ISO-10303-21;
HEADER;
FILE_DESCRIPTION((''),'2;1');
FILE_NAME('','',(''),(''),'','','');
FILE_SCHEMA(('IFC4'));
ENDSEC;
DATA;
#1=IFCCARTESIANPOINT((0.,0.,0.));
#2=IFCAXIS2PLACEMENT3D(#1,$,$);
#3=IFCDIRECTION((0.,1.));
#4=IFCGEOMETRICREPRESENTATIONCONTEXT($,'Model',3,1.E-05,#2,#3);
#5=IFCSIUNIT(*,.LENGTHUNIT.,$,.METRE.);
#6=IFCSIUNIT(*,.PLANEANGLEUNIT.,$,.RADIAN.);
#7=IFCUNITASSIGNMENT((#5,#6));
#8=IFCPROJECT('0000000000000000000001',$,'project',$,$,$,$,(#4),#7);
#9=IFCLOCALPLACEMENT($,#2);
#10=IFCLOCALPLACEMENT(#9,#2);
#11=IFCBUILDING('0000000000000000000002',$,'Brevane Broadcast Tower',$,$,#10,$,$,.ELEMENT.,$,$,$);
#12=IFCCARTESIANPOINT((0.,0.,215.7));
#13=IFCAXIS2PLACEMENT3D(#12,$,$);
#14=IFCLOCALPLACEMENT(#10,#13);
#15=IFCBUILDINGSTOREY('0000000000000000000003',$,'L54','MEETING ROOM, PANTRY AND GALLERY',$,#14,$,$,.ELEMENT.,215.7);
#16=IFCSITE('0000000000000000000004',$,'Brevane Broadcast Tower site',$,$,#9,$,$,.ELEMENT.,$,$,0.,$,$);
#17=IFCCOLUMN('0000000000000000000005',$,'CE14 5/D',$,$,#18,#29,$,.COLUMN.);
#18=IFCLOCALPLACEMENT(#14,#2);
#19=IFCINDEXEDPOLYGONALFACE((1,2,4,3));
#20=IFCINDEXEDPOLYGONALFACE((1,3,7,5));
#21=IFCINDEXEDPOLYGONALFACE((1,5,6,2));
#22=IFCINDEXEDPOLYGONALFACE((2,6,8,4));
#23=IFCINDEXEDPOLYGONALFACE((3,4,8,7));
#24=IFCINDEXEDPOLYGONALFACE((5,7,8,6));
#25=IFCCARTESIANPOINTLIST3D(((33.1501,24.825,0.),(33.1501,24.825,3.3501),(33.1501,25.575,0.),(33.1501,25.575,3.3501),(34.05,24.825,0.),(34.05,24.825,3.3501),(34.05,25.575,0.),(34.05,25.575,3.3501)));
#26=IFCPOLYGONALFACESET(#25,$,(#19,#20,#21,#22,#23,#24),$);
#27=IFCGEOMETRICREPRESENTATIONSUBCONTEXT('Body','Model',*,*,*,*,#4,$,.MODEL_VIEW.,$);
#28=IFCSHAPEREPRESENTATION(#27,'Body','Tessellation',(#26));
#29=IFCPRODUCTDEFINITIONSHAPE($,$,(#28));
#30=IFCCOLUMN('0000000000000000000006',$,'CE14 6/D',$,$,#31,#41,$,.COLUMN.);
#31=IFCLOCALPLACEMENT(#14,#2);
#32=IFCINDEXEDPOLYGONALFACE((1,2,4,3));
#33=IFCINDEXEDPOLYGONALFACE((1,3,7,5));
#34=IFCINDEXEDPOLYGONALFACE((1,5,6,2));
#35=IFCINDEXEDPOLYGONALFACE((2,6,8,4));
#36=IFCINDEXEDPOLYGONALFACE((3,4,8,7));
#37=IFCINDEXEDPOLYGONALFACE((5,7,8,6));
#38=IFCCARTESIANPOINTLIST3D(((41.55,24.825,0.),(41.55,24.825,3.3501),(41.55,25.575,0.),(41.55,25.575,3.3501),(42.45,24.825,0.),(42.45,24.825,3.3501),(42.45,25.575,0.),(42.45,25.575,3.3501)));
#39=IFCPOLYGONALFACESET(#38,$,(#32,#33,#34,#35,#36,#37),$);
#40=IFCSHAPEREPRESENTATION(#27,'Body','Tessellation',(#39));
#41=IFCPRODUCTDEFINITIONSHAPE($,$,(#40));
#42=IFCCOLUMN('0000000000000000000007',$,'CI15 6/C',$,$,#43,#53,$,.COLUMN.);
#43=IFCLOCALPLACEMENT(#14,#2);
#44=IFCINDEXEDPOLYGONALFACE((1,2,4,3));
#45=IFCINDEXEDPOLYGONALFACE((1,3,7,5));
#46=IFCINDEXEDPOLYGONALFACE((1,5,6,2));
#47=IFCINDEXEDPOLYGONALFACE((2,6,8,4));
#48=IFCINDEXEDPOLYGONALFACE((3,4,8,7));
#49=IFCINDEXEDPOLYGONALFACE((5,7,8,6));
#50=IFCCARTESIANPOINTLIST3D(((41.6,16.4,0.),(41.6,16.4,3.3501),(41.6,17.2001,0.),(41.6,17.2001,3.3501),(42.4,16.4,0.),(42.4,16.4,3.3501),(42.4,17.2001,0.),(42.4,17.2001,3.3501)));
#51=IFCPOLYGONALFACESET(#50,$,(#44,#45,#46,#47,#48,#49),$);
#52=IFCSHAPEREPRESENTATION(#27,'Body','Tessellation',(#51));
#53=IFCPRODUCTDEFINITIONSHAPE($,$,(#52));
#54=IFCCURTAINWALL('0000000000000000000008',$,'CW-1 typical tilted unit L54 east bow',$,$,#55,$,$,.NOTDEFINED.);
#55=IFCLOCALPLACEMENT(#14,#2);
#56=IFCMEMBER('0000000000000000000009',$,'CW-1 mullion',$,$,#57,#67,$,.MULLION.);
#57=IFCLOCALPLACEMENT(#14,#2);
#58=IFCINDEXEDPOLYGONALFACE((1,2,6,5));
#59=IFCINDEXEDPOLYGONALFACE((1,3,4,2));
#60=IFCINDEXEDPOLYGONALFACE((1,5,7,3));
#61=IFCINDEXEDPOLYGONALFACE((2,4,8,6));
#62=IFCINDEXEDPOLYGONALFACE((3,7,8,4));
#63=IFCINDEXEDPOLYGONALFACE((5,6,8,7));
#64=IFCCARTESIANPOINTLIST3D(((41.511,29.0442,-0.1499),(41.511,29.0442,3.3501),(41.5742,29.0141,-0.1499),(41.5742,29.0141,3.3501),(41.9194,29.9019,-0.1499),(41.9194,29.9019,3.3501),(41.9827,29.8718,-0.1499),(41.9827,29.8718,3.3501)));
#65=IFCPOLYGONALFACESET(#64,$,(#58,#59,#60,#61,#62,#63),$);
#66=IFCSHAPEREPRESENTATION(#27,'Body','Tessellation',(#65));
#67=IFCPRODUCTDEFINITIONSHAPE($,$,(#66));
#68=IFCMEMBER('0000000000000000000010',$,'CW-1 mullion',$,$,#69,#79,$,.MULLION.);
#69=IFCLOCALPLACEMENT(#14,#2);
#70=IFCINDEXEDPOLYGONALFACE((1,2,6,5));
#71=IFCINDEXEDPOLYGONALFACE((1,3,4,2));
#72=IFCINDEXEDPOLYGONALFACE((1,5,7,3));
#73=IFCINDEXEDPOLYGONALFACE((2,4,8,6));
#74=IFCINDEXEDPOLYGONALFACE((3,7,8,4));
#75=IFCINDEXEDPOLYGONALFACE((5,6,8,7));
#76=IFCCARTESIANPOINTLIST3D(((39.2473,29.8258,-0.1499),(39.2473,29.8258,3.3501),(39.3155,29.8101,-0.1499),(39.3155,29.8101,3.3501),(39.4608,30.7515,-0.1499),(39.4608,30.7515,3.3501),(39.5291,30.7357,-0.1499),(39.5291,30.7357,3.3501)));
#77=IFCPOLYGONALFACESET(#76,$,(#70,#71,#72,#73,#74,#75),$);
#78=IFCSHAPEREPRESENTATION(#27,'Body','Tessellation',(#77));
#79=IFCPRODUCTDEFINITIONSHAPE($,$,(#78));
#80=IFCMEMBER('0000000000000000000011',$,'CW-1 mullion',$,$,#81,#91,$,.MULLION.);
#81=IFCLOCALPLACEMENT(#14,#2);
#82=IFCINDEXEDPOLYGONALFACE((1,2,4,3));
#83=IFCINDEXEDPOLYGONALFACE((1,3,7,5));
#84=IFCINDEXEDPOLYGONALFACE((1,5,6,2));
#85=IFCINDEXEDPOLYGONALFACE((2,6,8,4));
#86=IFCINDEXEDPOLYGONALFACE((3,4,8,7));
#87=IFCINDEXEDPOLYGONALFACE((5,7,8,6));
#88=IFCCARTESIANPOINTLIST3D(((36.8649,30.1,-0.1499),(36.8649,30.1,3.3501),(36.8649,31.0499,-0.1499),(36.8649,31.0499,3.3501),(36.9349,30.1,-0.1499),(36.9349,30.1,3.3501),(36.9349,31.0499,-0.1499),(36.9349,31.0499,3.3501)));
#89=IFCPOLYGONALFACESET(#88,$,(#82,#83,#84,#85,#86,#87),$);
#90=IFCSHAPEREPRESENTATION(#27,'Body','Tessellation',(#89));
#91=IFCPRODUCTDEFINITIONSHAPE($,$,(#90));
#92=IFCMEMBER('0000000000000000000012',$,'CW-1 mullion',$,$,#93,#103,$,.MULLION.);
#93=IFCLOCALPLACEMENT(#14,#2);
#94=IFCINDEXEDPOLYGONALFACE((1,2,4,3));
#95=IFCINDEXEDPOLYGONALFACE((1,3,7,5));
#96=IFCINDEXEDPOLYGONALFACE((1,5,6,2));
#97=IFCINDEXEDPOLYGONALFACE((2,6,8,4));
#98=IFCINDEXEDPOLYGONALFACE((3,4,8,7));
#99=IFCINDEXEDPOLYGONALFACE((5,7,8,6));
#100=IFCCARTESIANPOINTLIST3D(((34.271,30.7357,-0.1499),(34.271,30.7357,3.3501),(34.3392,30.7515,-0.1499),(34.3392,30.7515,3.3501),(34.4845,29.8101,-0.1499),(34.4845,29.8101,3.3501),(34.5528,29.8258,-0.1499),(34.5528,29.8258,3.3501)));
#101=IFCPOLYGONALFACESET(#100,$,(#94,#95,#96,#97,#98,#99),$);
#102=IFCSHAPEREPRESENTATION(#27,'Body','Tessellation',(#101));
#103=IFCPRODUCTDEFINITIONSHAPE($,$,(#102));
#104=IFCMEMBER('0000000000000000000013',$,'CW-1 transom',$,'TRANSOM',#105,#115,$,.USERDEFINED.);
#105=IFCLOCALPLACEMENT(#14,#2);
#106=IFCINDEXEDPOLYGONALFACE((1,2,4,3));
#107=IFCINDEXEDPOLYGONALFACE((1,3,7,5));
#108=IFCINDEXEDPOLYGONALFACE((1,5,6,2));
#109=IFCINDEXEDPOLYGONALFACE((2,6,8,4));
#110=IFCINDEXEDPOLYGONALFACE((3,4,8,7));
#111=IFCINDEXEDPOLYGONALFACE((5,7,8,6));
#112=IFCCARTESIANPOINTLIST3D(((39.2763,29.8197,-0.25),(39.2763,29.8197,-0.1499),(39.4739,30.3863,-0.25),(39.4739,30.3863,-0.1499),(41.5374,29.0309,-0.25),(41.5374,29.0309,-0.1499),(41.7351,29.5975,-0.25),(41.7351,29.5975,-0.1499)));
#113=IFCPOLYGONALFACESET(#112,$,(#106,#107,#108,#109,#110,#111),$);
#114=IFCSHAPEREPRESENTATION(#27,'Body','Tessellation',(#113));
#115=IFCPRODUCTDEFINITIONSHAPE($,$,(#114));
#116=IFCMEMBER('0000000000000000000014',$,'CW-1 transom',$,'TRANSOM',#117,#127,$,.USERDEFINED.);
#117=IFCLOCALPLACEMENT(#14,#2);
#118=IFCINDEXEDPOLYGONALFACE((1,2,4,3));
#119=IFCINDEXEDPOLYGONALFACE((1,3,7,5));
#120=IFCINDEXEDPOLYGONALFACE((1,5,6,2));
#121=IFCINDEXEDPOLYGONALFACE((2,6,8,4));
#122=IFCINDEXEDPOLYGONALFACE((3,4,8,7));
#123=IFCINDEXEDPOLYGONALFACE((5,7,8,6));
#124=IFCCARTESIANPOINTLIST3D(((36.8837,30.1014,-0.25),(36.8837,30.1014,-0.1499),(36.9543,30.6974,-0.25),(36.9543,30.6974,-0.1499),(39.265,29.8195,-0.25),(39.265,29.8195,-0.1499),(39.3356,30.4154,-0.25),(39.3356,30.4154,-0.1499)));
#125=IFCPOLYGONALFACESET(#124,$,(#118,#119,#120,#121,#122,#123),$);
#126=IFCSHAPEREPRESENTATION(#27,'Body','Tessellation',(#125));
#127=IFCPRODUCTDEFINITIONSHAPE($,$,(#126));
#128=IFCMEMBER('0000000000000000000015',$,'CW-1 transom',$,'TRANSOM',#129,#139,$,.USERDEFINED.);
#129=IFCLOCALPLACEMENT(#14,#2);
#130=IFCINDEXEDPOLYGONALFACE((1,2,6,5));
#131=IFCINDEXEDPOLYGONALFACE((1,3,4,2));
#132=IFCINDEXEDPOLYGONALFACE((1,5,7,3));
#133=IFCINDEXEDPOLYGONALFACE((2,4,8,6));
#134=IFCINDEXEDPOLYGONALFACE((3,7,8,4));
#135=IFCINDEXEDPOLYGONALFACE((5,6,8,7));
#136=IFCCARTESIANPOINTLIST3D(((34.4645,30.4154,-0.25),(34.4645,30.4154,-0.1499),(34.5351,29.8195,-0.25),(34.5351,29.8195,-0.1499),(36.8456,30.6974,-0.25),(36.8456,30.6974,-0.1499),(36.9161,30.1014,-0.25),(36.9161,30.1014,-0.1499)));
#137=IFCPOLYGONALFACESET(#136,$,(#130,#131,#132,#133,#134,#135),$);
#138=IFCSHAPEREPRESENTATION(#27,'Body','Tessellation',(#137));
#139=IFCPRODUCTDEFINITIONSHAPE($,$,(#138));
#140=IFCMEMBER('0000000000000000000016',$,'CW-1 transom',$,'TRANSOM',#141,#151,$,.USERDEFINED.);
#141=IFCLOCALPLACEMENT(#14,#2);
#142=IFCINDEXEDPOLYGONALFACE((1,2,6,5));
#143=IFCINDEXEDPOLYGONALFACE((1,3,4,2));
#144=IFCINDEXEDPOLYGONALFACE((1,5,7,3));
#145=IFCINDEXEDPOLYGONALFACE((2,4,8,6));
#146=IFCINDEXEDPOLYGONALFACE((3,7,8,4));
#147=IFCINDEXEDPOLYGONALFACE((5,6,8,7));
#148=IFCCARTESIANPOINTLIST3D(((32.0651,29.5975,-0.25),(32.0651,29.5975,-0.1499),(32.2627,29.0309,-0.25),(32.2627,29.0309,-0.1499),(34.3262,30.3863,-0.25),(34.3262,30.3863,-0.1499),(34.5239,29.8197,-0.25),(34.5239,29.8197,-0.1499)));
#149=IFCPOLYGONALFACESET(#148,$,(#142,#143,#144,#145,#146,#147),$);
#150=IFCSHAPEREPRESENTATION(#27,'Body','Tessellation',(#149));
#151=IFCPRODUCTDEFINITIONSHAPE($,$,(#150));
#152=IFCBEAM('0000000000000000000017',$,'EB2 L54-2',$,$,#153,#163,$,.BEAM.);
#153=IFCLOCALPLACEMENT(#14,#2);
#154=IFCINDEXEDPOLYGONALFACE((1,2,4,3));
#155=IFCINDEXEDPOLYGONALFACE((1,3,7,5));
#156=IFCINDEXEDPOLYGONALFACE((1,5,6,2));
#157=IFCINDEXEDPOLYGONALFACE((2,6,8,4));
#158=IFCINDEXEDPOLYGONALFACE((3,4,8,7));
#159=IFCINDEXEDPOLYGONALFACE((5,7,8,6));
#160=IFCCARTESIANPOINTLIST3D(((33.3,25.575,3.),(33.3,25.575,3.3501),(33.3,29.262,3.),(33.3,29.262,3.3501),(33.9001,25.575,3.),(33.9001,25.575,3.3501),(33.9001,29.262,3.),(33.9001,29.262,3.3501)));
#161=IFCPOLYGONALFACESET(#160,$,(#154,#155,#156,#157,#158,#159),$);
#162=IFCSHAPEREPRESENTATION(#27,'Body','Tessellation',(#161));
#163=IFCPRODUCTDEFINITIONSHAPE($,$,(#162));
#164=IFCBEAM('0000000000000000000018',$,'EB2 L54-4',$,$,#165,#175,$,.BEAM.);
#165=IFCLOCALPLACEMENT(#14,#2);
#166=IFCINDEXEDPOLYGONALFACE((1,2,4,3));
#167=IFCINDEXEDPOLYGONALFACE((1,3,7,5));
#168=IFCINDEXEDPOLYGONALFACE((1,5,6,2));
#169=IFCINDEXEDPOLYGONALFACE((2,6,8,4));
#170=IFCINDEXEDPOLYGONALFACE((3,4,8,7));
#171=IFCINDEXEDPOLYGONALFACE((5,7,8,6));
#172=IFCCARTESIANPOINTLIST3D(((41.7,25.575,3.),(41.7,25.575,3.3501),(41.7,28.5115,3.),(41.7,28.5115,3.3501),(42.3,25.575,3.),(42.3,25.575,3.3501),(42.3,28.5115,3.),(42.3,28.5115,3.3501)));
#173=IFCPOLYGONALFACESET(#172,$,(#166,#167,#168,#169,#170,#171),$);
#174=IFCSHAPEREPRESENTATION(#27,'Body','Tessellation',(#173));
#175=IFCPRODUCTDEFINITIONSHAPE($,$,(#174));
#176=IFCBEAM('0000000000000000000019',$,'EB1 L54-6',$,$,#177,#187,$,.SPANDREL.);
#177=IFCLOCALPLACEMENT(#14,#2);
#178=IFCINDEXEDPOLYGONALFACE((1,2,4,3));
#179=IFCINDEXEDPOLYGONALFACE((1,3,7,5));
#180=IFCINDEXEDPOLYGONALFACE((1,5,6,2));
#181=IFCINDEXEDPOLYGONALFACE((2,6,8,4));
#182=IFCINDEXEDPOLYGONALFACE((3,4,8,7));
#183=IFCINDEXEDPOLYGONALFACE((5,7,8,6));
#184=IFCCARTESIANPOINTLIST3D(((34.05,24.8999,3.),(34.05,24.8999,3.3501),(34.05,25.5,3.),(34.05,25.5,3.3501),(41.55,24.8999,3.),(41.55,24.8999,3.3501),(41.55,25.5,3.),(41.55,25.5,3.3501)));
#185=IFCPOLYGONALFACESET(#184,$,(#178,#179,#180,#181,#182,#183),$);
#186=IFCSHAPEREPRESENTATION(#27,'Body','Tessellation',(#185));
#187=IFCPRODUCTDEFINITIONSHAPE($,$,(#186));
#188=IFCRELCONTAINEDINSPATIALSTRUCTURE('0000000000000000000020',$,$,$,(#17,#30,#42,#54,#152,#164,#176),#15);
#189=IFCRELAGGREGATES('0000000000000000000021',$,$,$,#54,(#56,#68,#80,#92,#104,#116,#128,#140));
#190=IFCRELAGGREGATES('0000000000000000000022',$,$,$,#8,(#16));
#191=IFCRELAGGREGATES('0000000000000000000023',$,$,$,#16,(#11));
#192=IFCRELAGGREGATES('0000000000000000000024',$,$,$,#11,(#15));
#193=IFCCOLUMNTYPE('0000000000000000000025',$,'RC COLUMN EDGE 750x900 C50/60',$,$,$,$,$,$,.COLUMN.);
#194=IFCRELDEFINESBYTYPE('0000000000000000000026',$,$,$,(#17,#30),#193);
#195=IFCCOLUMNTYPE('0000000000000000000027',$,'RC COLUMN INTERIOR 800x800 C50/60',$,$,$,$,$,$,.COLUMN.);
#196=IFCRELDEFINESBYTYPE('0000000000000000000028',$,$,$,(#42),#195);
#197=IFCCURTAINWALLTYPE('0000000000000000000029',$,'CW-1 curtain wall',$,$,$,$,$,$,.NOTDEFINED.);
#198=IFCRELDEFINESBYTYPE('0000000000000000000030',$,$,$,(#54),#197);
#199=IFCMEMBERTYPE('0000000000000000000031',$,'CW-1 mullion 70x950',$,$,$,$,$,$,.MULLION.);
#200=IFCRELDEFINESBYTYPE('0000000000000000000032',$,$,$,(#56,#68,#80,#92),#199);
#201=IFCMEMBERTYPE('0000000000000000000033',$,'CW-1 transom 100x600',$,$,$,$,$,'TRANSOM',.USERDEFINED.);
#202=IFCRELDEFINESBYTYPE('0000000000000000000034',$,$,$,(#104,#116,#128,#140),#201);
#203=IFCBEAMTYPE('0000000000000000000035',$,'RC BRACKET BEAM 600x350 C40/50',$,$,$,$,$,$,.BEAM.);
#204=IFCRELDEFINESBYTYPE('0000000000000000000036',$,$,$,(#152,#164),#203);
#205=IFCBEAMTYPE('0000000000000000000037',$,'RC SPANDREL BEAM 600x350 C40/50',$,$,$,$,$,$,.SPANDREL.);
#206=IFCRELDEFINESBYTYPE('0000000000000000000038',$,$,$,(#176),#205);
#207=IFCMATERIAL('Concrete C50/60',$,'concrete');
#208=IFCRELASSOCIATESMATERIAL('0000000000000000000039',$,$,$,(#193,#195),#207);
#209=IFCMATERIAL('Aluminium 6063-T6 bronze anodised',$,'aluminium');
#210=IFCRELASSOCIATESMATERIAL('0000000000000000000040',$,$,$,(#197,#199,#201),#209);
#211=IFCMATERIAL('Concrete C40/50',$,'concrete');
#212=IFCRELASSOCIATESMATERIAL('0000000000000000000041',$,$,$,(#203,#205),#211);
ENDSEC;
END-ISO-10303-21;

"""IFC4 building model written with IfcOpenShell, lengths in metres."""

from ifc_helpers import new_model, si_unit, direction, frame, origin, origin_2d, place, context, subcontext, project, spatial, rectangle, extrude, material, material_profile, profile_set, type_object, element, aggregate, save


model = new_model("IFC4")

# Units and contexts
model_context = context("Model", 3, precision=1e-05, world=origin(), true_north=direction((0.0, 1.0)))
body_context = subcontext(model_context, "Body", "Model", "MODEL_VIEW")
ifc_project = project(units=[si_unit("LENGTHUNIT", "METRE"), si_unit("PLANEANGLEUNIT", "RADIAN")], contexts=[model_context])

# Site, building, storey
site_placement = place(None, origin())
site = spatial("IfcSite", under=ifc_project, at=site_placement, Name="Brevane Broadcast Tower site", CompositionType="ELEMENT", RefElevation=0.0)
building_placement = place(site_placement, origin())
building = spatial("IfcBuilding", under=site, at=building_placement, Name="Brevane Broadcast Tower", CompositionType="ELEMENT")
storey_placement = place(building_placement, frame((0.0, 0.0, 215.7)))
storey = spatial("IfcBuildingStorey", under=building, at=storey_placement, Name="L54", Description="MEETING ROOM, PANTRY AND GALLERY", CompositionType="ELEMENT", Elevation=215.7)

# Columns
ifc_material_1 = material(Name="Concrete C50/60", Category="concrete")
ifc_material_profile_1 = material_profile(ifc_material_1, rectangle(XDim=0.75, YDim=0.8999, at=origin_2d()), Name="RC 750x900")
ifc_profile_set_1 = profile_set([ifc_material_profile_1], Name="Concrete C50/60")
column_type_1 = type_object("IfcColumnType", Name="RC COLUMN EDGE 750x900 C50/60", PredefinedType="COLUMN", material=ifc_profile_set_1)
for number, where, z_axis, x_axis, name in (
    (1, (33.6001, 25.2, 0.0), (0.0, 0.0, 1.0), (0.0, 1.0, 0.0), "CE14 5/D"),
    (2, (42.0, 25.2, 0.0), (0.0, 0.0, 1.0), (0.0, 1.0, 0.0), "CE14 6/D"),
):
    element("IfcColumn", number, at=place(storey_placement, frame(where, z_axis=z_axis, x_axis=x_axis)), inside=storey, type_object=column_type_1, Name=name, PredefinedType="COLUMN", context=body_context, shape_type="SweptSolid", body=[
        extrude(rectangle(XDim=0.75, YDim=0.8999, at=origin_2d()), origin(), (0.0, 0.0, 1.0), 3.3501),
    ])
ifc_material_profile_2 = material_profile(ifc_material_1, rectangle(XDim=0.8, YDim=0.8, at=origin_2d()), Name="RC 800x800")
ifc_profile_set_2 = profile_set([ifc_material_profile_2], Name="Concrete C50/60")
column_type_2 = type_object("IfcColumnType", Name="RC COLUMN INTERIOR 800x800 C50/60", PredefinedType="COLUMN", material=ifc_profile_set_2)
column_placement = place(storey_placement, frame((42.0, 16.8, 0.0), z_axis=(0.0, 0.0, 1.0), x_axis=(1.0, 0.0, 0.0)))
element("IfcColumn", 3, at=column_placement, inside=storey, type_object=column_type_2, Name="CI15 6/C", PredefinedType="COLUMN", context=body_context, shape_type="SweptSolid", body=[
    extrude(rectangle(XDim=0.8, YDim=0.8, at=origin_2d()), origin(), (0.0, 0.0, 1.0), 3.3501),
])

# Curtain wall, members
ifc_material_2 = material(Name="Aluminium 6063-T6 bronze anodised", Category="aluminium")
curtain_wall_type = type_object("IfcCurtainWallType", Name="CW-1 curtain wall", PredefinedType="NOTDEFINED", material=ifc_material_2)
curtain_wall_placement = place(storey_placement, origin())
curtain_wall = element("IfcCurtainWall", 4, at=curtain_wall_placement, inside=storey, type_object=curtain_wall_type, Name="CW-1 typical tilted unit L54 east bow", PredefinedType="NOTDEFINED")
ifc_material_profile_3 = material_profile(ifc_material_2, rectangle(XDim=0.95, YDim=0.0701, at=origin_2d()), Name="RECT 70x950")
ifc_profile_set_3 = profile_set([ifc_material_profile_3], Name="Aluminium 6063-T6 bronze anodised")
member_type_1 = type_object("IfcMemberType", Name="CW-1 mullion 70x950", PredefinedType="MULLION", material=ifc_profile_set_3)
member_1_placement = place(storey_placement, frame((41.7468, 29.458, -0.1499), z_axis=(0.0, 0.0, 1.0), x_axis=(-0.429934, -0.902861, 0.0)))
member_1 = element("IfcMember", 5, at=member_1_placement, type_object=member_type_1, Name="CW-1 mullion", PredefinedType="MULLION", context=body_context, shape_type="SweptSolid", body=[
    extrude(rectangle(XDim=0.95, YDim=0.0701, at=origin_2d()), origin(), (0.0, 0.0, 1.0), 3.5),
])
member_2_placement = place(storey_placement, frame((39.3882, 30.2808, -0.1499), z_axis=(0.0, 0.0, 1.0), x_axis=(-0.224807, -0.974403, 0.0)))
member_2 = element("IfcMember", 6, at=member_2_placement, type_object=member_type_1, Name="CW-1 mullion", PredefinedType="MULLION", context=body_context, shape_type="SweptSolid", body=[
    extrude(rectangle(XDim=0.95, YDim=0.0701, at=origin_2d()), origin(), (0.0, 0.0, 1.0), 3.5),
])
member_3_placement = place(storey_placement, frame((36.8999, 30.575, -0.1499), z_axis=(0.0, 0.0, 1.0), x_axis=(0.0, -1.0, 0.0)))
member_3 = element("IfcMember", 7, at=member_3_placement, type_object=member_type_1, Name="CW-1 mullion", PredefinedType="MULLION", context=body_context, shape_type="SweptSolid", body=[
    extrude(rectangle(XDim=0.95, YDim=0.0701, at=origin_2d()), origin(), (0.0, 0.0, 1.0), 3.5),
])
member_4_placement = place(storey_placement, frame((34.4119, 30.2808, -0.1499), z_axis=(0.0, 0.0, 1.0), x_axis=(0.224807, -0.974403, 0.0)))
member_4 = element("IfcMember", 8, at=member_4_placement, type_object=member_type_1, Name="CW-1 mullion", PredefinedType="MULLION", context=body_context, shape_type="SweptSolid", body=[
    extrude(rectangle(XDim=0.95, YDim=0.0701, at=origin_2d()), origin(), (0.0, 0.0, 1.0), 3.5),
])
ifc_material_profile_4 = material_profile(ifc_material_2, rectangle(XDim=0.6001, YDim=0.1001, at=origin_2d()), Name="RECT 100x600")
ifc_profile_set_4 = profile_set([ifc_material_profile_4], Name="Aluminium 6063-T6 bronze anodised")
member_type_2 = type_object("IfcMemberType", Name="CW-1 transom 100x600", ElementType="TRANSOM", PredefinedType="USERDEFINED", material=ifc_profile_set_4)
member_5_placement = place(storey_placement, frame((41.6362, 29.3142, -0.2), z_axis=(-0.944198, 0.329378, 0.0), x_axis=(-0.329378, -0.944198, 0.0)))
member_5 = element("IfcMember", 9, at=member_5_placement, type_object=member_type_2, Name="CW-1 transom", ObjectType="TRANSOM", PredefinedType="USERDEFINED", context=body_context, shape_type="SweptSolid", body=[
    extrude(rectangle(XDim=0.6001, YDim=0.1001, at=origin_2d()), origin(), (0.0, 0.0, 1.0), 2.3948),
])
member_6_placement = place(storey_placement, frame((39.3003, 30.1174, -0.2), z_axis=(-0.993062, 0.117591, 0.0), x_axis=(-0.117591, -0.993062, 0.0)))
member_6 = element("IfcMember", 10, at=member_6_placement, type_object=member_type_2, Name="CW-1 transom", ObjectType="TRANSOM", PredefinedType="USERDEFINED", context=body_context, shape_type="SweptSolid", body=[
    extrude(rectangle(XDim=0.6001, YDim=0.1001, at=origin_2d()), origin(), (0.0, 0.0, 1.0), 2.3979),
])
member_7_placement = place(storey_placement, frame((36.8809, 30.3994, -0.2), z_axis=(-0.993061, -0.117603, 0.0), x_axis=(0.117603, -0.993061, 0.0)))
member_7 = element("IfcMember", 11, at=member_7_placement, type_object=member_type_2, Name="CW-1 transom", ObjectType="TRANSOM", PredefinedType="USERDEFINED", context=body_context, shape_type="SweptSolid", body=[
    extrude(rectangle(XDim=0.6001, YDim=0.1001, at=origin_2d()), origin(), (0.0, 0.0, 1.0), 2.3977),
])
member_8_placement = place(storey_placement, frame((34.425, 30.103, -0.2), z_axis=(-0.944198, -0.329378, 0.0), x_axis=(0.329378, -0.944198, 0.0)))
member_8 = element("IfcMember", 12, at=member_8_placement, type_object=member_type_2, Name="CW-1 transom", ObjectType="TRANSOM", PredefinedType="USERDEFINED", context=body_context, shape_type="SweptSolid", body=[
    extrude(rectangle(XDim=0.6001, YDim=0.1001, at=origin_2d()), origin(), (0.0, 0.0, 1.0), 2.3948),
])
aggregate(curtain_wall, [member_1, member_2, member_3, member_4, member_5, member_6, member_7, member_8])

# Beams
ifc_material_3 = material(Name="Concrete C40/50", Category="concrete")
ifc_material_profile_5 = material_profile(ifc_material_3, rectangle(XDim=0.6001, YDim=0.3501, at=origin_2d()), Name="RC 600x350")
ifc_profile_set_5 = profile_set([ifc_material_profile_5], Name="Concrete C40/50")
beam_type_1 = type_object("IfcBeamType", Name="RC BRACKET BEAM 600x350 C40/50", PredefinedType="BEAM", material=ifc_profile_set_5)
beam_1_placement = place(storey_placement, frame((33.6001, 25.575, 3.175), z_axis=(0.0, 1.0, 0.0), x_axis=(-1.0, 0.0, 0.0)))
element("IfcBeam", 13, at=beam_1_placement, inside=storey, type_object=beam_type_1, Name="EB2 L54-2", PredefinedType="BEAM", context=body_context, shape_type="SweptSolid", body=[
    extrude(rectangle(XDim=0.6001, YDim=0.3501, at=origin_2d()), origin(), (0.0, 0.0, 1.0), 3.687),
])
beam_2_placement = place(storey_placement, frame((42.0, 25.575, 3.175), z_axis=(0.0, 1.0, 0.0), x_axis=(-1.0, 0.0, 0.0)))
element("IfcBeam", 14, at=beam_2_placement, inside=storey, type_object=beam_type_1, Name="EB2 L54-4", PredefinedType="BEAM", context=body_context, shape_type="SweptSolid", body=[
    extrude(rectangle(XDim=0.6001, YDim=0.3501, at=origin_2d()), origin(), (0.0, 0.0, 1.0), 2.9365),
])
ifc_material_profile_6 = material_profile(ifc_material_3, rectangle(XDim=0.6001, YDim=0.3501, at=origin_2d()), Name="RC 600x350")
ifc_profile_set_6 = profile_set([ifc_material_profile_6], Name="Concrete C40/50")
beam_type_2 = type_object("IfcBeamType", Name="RC SPANDREL BEAM 600x350 C40/50", PredefinedType="SPANDREL", material=ifc_profile_set_6)
beam_3_placement = place(storey_placement, frame((41.55, 25.2, 3.175), z_axis=(-1.0, 0.0, 0.0), x_axis=(0.0, -1.0, 0.0)))
element("IfcBeam", 15, at=beam_3_placement, inside=storey, type_object=beam_type_2, Name="EB1 L54-6", PredefinedType="SPANDREL", context=body_context, shape_type="SweptSolid", body=[
    extrude(rectangle(XDim=0.6001, YDim=0.3501, at=origin_2d()), origin(), (0.0, 0.0, 1.0), 7.5),
])

save(model, "model.ifc")
